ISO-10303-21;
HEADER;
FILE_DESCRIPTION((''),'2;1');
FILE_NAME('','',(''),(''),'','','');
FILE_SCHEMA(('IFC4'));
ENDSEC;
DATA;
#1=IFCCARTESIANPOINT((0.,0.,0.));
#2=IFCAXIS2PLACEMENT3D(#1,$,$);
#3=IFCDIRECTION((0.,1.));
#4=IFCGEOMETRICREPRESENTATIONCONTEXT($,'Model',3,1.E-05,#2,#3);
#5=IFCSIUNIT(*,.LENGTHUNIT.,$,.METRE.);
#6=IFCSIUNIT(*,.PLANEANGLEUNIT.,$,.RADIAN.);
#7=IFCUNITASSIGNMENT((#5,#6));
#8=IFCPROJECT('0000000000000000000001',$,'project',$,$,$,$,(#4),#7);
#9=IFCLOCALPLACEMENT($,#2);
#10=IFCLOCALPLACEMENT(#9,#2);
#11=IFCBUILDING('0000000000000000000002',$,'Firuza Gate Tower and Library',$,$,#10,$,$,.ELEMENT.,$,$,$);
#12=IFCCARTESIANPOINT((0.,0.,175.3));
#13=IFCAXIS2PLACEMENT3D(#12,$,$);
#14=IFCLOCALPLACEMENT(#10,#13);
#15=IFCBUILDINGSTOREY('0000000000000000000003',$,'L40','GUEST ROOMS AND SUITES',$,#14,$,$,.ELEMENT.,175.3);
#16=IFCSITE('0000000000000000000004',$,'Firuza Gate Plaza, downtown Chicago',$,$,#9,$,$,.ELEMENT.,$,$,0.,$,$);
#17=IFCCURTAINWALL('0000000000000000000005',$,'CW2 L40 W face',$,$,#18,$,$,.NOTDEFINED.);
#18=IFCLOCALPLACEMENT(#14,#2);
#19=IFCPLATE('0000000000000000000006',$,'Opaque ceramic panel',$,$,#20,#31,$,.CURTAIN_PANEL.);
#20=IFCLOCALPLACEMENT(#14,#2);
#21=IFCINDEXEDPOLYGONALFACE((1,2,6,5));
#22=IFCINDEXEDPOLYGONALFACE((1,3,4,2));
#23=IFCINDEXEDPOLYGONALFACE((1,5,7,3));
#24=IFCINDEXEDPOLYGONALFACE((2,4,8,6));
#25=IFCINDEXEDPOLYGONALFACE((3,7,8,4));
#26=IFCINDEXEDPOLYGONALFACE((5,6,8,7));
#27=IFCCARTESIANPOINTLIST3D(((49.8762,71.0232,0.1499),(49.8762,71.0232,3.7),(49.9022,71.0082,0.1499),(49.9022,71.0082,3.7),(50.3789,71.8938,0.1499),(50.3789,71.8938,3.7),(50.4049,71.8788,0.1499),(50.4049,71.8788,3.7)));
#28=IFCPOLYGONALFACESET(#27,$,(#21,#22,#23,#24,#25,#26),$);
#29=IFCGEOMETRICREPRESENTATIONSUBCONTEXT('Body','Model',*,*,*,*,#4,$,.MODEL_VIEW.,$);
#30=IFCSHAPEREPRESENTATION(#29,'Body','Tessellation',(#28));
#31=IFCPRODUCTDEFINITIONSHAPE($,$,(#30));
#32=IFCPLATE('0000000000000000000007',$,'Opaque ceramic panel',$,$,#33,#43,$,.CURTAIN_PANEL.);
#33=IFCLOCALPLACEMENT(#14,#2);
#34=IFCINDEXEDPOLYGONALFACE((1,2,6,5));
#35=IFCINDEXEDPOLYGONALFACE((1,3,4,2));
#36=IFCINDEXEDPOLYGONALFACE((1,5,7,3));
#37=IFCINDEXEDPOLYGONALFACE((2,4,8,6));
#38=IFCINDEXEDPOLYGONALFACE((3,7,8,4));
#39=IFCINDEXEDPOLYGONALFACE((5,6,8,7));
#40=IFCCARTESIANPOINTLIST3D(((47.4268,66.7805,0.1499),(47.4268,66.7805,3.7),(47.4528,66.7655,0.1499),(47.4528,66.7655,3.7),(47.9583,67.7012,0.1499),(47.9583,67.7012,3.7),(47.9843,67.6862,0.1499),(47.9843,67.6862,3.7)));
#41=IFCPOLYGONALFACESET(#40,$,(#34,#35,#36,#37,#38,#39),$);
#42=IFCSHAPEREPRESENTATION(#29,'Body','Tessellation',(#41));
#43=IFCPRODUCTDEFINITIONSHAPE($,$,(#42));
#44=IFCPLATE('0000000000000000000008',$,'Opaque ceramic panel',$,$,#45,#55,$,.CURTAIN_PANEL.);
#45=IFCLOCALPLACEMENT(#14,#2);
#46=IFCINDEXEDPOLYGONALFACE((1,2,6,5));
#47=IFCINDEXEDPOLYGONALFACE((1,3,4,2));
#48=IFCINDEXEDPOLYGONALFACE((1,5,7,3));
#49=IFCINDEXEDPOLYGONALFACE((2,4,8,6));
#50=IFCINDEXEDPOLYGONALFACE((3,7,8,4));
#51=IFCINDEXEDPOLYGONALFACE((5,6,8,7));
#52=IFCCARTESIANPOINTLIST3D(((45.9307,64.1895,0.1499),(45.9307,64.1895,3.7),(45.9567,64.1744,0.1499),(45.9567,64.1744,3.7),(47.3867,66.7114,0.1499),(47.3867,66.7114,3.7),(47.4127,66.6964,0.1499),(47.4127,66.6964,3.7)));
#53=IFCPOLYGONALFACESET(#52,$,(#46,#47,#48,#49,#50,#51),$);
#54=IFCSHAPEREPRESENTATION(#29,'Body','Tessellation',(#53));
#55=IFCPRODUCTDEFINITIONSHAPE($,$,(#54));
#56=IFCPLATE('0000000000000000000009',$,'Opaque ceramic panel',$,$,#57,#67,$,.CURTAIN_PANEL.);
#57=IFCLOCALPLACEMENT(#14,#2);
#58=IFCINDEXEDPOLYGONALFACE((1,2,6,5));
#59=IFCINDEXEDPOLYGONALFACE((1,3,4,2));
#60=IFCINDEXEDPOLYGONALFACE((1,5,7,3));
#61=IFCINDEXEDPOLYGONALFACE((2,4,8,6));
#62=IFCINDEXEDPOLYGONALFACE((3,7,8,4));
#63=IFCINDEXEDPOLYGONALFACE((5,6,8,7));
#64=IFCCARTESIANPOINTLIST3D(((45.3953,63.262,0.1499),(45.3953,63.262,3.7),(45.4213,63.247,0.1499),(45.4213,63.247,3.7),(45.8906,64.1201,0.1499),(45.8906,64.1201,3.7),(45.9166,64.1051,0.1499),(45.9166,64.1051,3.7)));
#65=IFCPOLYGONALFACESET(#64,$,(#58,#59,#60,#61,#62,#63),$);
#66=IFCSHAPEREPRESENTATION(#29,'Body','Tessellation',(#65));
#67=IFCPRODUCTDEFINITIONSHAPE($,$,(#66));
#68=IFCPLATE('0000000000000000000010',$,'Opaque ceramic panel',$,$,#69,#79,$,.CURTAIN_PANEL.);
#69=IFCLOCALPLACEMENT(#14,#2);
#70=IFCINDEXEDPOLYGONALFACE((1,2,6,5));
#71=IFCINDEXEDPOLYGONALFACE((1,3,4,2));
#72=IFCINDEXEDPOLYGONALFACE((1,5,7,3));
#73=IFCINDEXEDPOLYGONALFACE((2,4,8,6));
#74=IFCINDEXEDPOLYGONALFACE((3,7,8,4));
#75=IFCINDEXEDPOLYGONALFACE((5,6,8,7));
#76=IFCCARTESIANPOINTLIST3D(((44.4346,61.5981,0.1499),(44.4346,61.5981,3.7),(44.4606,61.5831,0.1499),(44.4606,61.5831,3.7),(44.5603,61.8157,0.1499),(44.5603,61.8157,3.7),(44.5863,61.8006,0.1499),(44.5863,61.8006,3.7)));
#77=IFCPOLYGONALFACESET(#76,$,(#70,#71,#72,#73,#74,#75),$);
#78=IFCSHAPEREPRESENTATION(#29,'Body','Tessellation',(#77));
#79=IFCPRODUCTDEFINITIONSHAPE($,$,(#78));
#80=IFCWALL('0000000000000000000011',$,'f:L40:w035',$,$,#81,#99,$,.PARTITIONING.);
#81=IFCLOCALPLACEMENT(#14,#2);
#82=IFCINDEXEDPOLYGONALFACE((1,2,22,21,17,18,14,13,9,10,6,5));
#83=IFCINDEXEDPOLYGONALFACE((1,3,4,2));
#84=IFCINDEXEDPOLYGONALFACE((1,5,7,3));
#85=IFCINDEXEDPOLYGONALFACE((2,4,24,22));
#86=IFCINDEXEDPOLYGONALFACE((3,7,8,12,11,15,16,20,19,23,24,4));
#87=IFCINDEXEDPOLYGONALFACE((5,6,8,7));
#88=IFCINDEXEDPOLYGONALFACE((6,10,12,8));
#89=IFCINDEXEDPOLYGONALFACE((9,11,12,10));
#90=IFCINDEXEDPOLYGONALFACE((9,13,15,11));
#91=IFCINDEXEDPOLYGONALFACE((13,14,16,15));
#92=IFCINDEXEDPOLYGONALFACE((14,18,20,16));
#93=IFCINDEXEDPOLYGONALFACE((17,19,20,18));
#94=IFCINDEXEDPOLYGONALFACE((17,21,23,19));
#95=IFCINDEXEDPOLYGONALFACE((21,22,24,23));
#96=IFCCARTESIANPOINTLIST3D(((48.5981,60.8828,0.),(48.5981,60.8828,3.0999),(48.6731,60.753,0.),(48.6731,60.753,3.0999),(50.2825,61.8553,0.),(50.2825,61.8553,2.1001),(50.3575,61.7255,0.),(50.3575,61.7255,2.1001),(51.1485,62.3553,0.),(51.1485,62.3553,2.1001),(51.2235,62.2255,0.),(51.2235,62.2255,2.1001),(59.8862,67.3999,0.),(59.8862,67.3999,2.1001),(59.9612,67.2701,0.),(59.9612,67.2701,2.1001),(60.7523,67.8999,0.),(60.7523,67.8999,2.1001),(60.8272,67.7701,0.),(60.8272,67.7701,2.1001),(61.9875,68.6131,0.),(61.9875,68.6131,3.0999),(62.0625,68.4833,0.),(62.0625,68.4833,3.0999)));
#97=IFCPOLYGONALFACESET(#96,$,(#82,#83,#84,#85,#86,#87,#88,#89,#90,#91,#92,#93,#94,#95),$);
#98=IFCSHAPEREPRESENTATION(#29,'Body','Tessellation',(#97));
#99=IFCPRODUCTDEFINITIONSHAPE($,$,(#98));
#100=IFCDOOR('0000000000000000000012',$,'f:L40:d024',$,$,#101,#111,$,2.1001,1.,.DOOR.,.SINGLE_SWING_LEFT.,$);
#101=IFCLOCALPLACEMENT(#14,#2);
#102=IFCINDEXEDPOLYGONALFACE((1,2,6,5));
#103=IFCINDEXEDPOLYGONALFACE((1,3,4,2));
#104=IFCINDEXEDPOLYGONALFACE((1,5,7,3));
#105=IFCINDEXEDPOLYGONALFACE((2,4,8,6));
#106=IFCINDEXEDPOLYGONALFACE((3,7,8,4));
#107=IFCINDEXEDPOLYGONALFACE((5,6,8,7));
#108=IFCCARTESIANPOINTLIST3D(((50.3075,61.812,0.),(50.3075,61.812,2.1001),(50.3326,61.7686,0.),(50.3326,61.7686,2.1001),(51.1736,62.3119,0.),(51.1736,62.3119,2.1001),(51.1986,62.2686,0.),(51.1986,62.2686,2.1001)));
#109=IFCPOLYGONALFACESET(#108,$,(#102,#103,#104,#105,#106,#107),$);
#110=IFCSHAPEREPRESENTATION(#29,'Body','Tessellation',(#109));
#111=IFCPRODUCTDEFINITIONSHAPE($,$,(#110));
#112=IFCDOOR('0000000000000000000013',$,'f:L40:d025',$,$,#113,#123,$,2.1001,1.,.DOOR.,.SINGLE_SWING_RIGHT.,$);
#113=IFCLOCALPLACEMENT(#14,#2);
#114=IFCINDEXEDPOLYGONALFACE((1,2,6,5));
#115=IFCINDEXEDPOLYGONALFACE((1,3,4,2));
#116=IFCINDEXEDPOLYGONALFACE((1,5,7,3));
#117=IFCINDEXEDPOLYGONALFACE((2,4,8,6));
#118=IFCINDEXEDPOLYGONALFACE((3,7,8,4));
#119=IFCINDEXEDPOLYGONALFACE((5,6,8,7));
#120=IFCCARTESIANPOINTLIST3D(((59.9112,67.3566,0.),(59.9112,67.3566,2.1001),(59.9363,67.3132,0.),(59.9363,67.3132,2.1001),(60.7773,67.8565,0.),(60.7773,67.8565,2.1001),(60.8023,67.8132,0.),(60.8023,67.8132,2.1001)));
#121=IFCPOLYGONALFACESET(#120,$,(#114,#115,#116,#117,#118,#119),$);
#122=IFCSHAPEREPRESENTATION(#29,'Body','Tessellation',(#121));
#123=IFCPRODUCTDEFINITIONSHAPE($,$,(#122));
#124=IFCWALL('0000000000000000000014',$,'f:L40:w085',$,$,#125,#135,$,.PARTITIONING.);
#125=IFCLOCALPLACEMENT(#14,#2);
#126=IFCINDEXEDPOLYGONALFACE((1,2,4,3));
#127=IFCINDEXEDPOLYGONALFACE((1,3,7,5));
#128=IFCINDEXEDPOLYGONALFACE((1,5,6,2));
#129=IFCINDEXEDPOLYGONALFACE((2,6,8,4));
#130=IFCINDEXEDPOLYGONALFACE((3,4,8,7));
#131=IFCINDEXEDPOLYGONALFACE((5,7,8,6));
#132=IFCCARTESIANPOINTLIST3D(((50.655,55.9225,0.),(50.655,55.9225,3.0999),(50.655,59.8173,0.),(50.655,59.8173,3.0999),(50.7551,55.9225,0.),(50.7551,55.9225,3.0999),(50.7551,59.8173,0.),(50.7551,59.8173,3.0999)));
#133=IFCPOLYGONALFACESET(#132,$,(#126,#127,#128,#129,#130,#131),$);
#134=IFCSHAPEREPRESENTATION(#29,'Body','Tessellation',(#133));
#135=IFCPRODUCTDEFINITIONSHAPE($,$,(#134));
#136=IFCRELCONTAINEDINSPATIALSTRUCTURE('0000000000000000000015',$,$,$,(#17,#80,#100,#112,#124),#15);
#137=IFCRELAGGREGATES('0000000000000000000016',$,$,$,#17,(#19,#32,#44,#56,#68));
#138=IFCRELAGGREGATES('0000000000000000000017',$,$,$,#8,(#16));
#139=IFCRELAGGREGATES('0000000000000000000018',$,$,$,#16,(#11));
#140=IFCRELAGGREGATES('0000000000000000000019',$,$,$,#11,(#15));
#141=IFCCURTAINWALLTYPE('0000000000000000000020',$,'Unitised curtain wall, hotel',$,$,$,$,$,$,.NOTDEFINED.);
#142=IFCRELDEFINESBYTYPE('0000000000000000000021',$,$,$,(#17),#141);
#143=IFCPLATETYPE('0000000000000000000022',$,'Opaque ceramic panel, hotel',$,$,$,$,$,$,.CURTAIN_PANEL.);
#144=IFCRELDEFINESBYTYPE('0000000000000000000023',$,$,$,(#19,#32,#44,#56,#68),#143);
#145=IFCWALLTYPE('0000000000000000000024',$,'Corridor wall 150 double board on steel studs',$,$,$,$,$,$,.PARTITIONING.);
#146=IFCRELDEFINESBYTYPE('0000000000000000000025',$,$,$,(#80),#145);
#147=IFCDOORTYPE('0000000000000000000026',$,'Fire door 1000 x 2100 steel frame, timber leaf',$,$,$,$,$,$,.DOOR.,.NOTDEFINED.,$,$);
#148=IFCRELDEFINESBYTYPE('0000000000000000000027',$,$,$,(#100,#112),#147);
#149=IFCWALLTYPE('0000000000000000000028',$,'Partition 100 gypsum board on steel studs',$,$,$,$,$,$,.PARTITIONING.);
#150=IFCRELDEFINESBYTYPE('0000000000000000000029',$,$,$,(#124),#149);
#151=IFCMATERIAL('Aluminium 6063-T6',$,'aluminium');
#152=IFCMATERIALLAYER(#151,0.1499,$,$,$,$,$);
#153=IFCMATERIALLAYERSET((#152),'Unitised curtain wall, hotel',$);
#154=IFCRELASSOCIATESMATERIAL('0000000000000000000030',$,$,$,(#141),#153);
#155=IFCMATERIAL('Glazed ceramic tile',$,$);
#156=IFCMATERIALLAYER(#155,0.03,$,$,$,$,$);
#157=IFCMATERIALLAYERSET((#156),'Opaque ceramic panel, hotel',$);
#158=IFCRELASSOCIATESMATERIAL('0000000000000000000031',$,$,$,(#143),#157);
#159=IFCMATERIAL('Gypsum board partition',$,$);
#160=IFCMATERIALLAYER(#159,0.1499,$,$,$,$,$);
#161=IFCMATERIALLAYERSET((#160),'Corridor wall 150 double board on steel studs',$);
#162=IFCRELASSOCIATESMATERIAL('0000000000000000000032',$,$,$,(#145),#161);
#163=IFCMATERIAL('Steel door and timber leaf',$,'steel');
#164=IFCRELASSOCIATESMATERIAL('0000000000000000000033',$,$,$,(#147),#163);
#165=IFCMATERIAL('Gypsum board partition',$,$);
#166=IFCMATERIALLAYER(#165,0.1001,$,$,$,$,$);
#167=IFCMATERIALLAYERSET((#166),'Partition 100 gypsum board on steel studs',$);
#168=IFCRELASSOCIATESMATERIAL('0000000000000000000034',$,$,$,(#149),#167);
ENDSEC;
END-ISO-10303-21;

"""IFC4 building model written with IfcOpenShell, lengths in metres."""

from ifc_helpers import new_model, si_unit, direction, frame, frame_2d, origin, place, context, subcontext, project, spatial, polyline, rectangle, outline, extrude, material, layer, layer_set, type_object, element, fill, aggregate, save


model = new_model("IFC4")

# Units and contexts
model_context = context("Model", 3, precision=1e-05, world=origin(), true_north=direction((0.0, 1.0)))
body_context = subcontext(model_context, "Body", "Model", "MODEL_VIEW")
ifc_project = project(units=[si_unit("LENGTHUNIT", "METRE"), si_unit("PLANEANGLEUNIT", "RADIAN")], contexts=[model_context])

# Site, building, storey
site_placement = place(None, origin())
site = spatial("IfcSite", under=ifc_project, at=site_placement, Name="Firuza Gate Plaza, downtown Chicago", CompositionType="ELEMENT", RefElevation=0.0)
building_placement = place(site_placement, origin())
building = spatial("IfcBuilding", under=site, at=building_placement, Name="Firuza Gate Tower and Library", CompositionType="ELEMENT")
storey_placement = place(building_placement, frame((0.0, 0.0, 175.3)))
storey = spatial("IfcBuildingStorey", under=building, at=storey_placement, Name="L40", Description="GUEST ROOMS AND SUITES", CompositionType="ELEMENT", Elevation=175.3)

# Curtain wall
ifc_material_1 = material(Name="Aluminium 6063-T6", Category="aluminium")
ifc_layer_1 = layer(ifc_material_1, 0.1499)
ifc_layer_set_1 = layer_set([ifc_layer_1], Name="Unitised curtain wall, hotel")
curtain_wall_type_1 = type_object("IfcCurtainWallType", Name="Unitised curtain wall, hotel", PredefinedType="NOTDEFINED", material=ifc_layer_set_1)
placement = place(storey_placement, origin())
curtain_wall_1 = element("IfcCurtainWall", 1, at=placement, inside=storey, type_object=curtain_wall_type_1, Name="CW2 L40 W face", PredefinedType="NOTDEFINED")

# Plates
ifc_material_2 = material(Name="Glazed ceramic tile")
ifc_layer_2 = layer(ifc_material_2, 0.03)
ifc_layer_set_2 = layer_set([ifc_layer_2], Name="Opaque ceramic panel, hotel")
plate_type_1 = type_object("IfcPlateType", Name="Opaque ceramic panel, hotel", PredefinedType="CURTAIN_PANEL", material=ifc_layer_set_2)
plate_1_placement = place(storey_placement, frame((50.3789, 71.8938, 0.1499), z_axis=(-0.866008, 0.500031, 0.0), x_axis=(-0.500031, -0.866008, 0.0)))
plate_1 = element("IfcPlate", 2, at=plate_1_placement, type_object=plate_type_1, Name="Opaque ceramic panel", PredefinedType="CURTAIN_PANEL", context=body_context, shape_type="SweptSolid", body=[
    extrude(outline(polyline([(0.0, 0.0), (1.0053, 0.0), (1.0053, 3.55), (0.0, 3.55), (0.0, 0.0)])), origin(), (0.0, 0.0, -1.0), 0.03),
])
plate_2_placement = place(storey_placement, frame((47.9583, 67.7012, 0.1499), z_axis=(-0.866044, 0.499968, 0.0), x_axis=(-0.499968, -0.866044, 0.0)))
plate_2 = element("IfcPlate", 3, at=plate_2_placement, type_object=plate_type_1, Name="Opaque ceramic panel", PredefinedType="CURTAIN_PANEL", context=body_context, shape_type="SweptSolid", body=[
    extrude(outline(polyline([(0.0, 0.0), (1.0631, 0.0), (1.0631, 3.55), (0.0, 3.55), (0.0, 0.0)])), origin(), (0.0, 0.0, -1.0), 0.03),
])
plate_3_placement = place(storey_placement, frame((47.3867, 66.7114, 0.1499), z_axis=(-0.866026, 0.499998, 0.0), x_axis=(-0.499998, -0.866026, 0.0)))
plate_3 = element("IfcPlate", 4, at=plate_3_placement, type_object=plate_type_1, Name="Opaque ceramic panel", PredefinedType="CURTAIN_PANEL", context=body_context, shape_type="SweptSolid", body=[
    extrude(outline(polyline([(0.0, 0.0), (2.9121, 0.0), (2.9121, 3.55), (0.0, 3.55), (0.0, 0.0)])), origin(), (0.0, 0.0, -1.0), 0.03),
])
plate_4_placement = place(storey_placement, frame((45.8906, 64.1201, 0.1499), z_axis=(-0.866067, 0.499929, 0.0), x_axis=(-0.499929, -0.866067, 0.0)))
plate_4 = element("IfcPlate", 5, at=plate_4_placement, type_object=plate_type_1, Name="Opaque ceramic panel", PredefinedType="CURTAIN_PANEL", context=body_context, shape_type="SweptSolid", body=[
    extrude(outline(polyline([(0.0, 0.0), (0.9909, 0.0), (0.9909, 3.55), (0.0, 3.55), (0.0, 0.0)])), origin(), (0.0, 0.0, -1.0), 0.03),
])
plate_5_placement = place(storey_placement, frame((44.5603, 61.8157, 0.1499), z_axis=(-0.865781, 0.500423, 0.0), x_axis=(-0.500423, -0.865781, 0.0)))
plate_5 = element("IfcPlate", 6, at=plate_5_placement, type_object=plate_type_1, Name="Opaque ceramic panel", PredefinedType="CURTAIN_PANEL", context=body_context, shape_type="SweptSolid", body=[
    extrude(outline(polyline([(0.0, 0.0), (0.2513, 0.0), (0.2513, 3.55), (0.0, 3.55), (0.0, 0.0)])), origin(), (0.0, 0.0, -1.0), 0.03),
])
aggregate(curtain_wall_1, [plate_1, plate_2, plate_3, plate_4, plate_5])

# Wall, openings, doors
ifc_material_3 = material(Name="Gypsum board partition")
ifc_layer_3 = layer(ifc_material_3, 0.1499)
ifc_layer_set_3 = layer_set([ifc_layer_3], Name="Corridor wall 150 double board on steel studs")
wall_type_1 = type_object("IfcWallType", Name="Corridor wall 150 double board on steel studs", PredefinedType="PARTITIONING", material=ifc_layer_set_3)
wall_1_placement = place(storey_placement, frame((48.6355, 60.8179, 0.0), z_axis=(0.0, 0.0, 1.0), x_axis=(0.86603, 0.499993, 0.0)))
wall_1 = element("IfcWall", 7, at=wall_1_placement, inside=storey, type_object=wall_type_1, Name="f:L40:w035", PredefinedType="PARTITIONING", context=body_context, shape_type="SweptSolid", body=[
    extrude(rectangle(XDim=15.4607, YDim=0.1499, at=frame_2d((7.7305, 0.0))), origin(), (0.0, 0.0, 1.0), 3.0999),
])
opening_1_placement = place(wall_1_placement, frame((1.9451, 0.0, 0.0)))
opening_1 = element("IfcOpeningElement", 8, at=opening_1_placement, cuts=wall_1, PredefinedType="OPENING", context=body_context, shape_type="SweptSolid", body=[
    extrude(rectangle(XDim=1.0, YDim=2.1001, at=frame_2d((0.5, 1.05))), frame((0.0, 0.085, 0.0), z_axis=(0.0, -1.0, 0.0), x_axis=(1.0, 0.0, 0.0)), (0.0, 0.0, 1.0), 0.1699),
])
opening_2_placement = place(wall_1_placement, frame((13.0344, 0.0, 0.0)))
opening_2 = element("IfcOpeningElement", 9, at=opening_2_placement, cuts=wall_1, PredefinedType="OPENING", context=body_context, shape_type="SweptSolid", body=[
    extrude(rectangle(XDim=1.0, YDim=2.1001, at=frame_2d((0.5, 1.05))), frame((0.0, 0.085, 0.0), z_axis=(0.0, -1.0, 0.0), x_axis=(1.0, 0.0, 0.0)), (0.0, 0.0, 1.0), 0.1699),
])
ifc_material_4 = material(Name="Steel door and timber leaf", Category="steel")
door_type = type_object("IfcDoorType", Name="Fire door 1000 x 2100 steel frame, timber leaf", OperationType="NOTDEFINED", PredefinedType="DOOR", material=ifc_material_4)
door_1_placement = place(opening_1_placement, origin())
door_1 = element("IfcDoor", 10, at=door_1_placement, inside=storey, type_object=door_type, Name="f:L40:d024", OperationType="SINGLE_SWING_LEFT", OverallHeight=2.1001, OverallWidth=1.0, PredefinedType="DOOR", context=body_context, shape_type="SweptSolid", body=[
    extrude(rectangle(XDim=1.0, YDim=2.1001, at=frame_2d((0.5, 1.05))), frame((0.0, 0.0249, 0.0), z_axis=(0.0, -1.0, 0.0), x_axis=(1.0, 0.0, 0.0)), (0.0, 0.0, 1.0), 0.05),
])
fill(opening_1, door_1)
door_2_placement = place(opening_2_placement, origin())
door_2 = element("IfcDoor", 11, at=door_2_placement, inside=storey, type_object=door_type, Name="f:L40:d025", OperationType="SINGLE_SWING_RIGHT", OverallHeight=2.1001, OverallWidth=1.0, PredefinedType="DOOR", context=body_context, shape_type="SweptSolid", body=[
    extrude(rectangle(XDim=1.0, YDim=2.1001, at=frame_2d((0.5, 1.05))), frame((0.0, 0.0249, 0.0), z_axis=(0.0, -1.0, 0.0), x_axis=(1.0, 0.0, 0.0)), (0.0, 0.0, 1.0), 0.05),
])
fill(opening_2, door_2)

# Wall
ifc_material_5 = material(Name="Gypsum board partition")
ifc_layer_4 = layer(ifc_material_5, 0.1001)
ifc_layer_set_4 = layer_set([ifc_layer_4], Name="Partition 100 gypsum board on steel studs")
wall_type_2 = type_object("IfcWallType", Name="Partition 100 gypsum board on steel studs", PredefinedType="PARTITIONING", material=ifc_layer_set_4)
wall_2_placement = place(storey_placement, frame((50.7051, 55.9226, 0.0), z_axis=(0.0, 0.0, 1.0), x_axis=(0.0, 1.0, 0.0)))
element("IfcWall", 12, at=wall_2_placement, inside=storey, type_object=wall_type_2, Name="f:L40:w085", PredefinedType="PARTITIONING", context=body_context, shape_type="SweptSolid", body=[
    extrude(rectangle(XDim=3.8948, YDim=0.1001, at=frame_2d((1.9473, 0.0))), origin(), (0.0, 0.0, 1.0), 3.0999),
])

save(model, "model.ifc")
